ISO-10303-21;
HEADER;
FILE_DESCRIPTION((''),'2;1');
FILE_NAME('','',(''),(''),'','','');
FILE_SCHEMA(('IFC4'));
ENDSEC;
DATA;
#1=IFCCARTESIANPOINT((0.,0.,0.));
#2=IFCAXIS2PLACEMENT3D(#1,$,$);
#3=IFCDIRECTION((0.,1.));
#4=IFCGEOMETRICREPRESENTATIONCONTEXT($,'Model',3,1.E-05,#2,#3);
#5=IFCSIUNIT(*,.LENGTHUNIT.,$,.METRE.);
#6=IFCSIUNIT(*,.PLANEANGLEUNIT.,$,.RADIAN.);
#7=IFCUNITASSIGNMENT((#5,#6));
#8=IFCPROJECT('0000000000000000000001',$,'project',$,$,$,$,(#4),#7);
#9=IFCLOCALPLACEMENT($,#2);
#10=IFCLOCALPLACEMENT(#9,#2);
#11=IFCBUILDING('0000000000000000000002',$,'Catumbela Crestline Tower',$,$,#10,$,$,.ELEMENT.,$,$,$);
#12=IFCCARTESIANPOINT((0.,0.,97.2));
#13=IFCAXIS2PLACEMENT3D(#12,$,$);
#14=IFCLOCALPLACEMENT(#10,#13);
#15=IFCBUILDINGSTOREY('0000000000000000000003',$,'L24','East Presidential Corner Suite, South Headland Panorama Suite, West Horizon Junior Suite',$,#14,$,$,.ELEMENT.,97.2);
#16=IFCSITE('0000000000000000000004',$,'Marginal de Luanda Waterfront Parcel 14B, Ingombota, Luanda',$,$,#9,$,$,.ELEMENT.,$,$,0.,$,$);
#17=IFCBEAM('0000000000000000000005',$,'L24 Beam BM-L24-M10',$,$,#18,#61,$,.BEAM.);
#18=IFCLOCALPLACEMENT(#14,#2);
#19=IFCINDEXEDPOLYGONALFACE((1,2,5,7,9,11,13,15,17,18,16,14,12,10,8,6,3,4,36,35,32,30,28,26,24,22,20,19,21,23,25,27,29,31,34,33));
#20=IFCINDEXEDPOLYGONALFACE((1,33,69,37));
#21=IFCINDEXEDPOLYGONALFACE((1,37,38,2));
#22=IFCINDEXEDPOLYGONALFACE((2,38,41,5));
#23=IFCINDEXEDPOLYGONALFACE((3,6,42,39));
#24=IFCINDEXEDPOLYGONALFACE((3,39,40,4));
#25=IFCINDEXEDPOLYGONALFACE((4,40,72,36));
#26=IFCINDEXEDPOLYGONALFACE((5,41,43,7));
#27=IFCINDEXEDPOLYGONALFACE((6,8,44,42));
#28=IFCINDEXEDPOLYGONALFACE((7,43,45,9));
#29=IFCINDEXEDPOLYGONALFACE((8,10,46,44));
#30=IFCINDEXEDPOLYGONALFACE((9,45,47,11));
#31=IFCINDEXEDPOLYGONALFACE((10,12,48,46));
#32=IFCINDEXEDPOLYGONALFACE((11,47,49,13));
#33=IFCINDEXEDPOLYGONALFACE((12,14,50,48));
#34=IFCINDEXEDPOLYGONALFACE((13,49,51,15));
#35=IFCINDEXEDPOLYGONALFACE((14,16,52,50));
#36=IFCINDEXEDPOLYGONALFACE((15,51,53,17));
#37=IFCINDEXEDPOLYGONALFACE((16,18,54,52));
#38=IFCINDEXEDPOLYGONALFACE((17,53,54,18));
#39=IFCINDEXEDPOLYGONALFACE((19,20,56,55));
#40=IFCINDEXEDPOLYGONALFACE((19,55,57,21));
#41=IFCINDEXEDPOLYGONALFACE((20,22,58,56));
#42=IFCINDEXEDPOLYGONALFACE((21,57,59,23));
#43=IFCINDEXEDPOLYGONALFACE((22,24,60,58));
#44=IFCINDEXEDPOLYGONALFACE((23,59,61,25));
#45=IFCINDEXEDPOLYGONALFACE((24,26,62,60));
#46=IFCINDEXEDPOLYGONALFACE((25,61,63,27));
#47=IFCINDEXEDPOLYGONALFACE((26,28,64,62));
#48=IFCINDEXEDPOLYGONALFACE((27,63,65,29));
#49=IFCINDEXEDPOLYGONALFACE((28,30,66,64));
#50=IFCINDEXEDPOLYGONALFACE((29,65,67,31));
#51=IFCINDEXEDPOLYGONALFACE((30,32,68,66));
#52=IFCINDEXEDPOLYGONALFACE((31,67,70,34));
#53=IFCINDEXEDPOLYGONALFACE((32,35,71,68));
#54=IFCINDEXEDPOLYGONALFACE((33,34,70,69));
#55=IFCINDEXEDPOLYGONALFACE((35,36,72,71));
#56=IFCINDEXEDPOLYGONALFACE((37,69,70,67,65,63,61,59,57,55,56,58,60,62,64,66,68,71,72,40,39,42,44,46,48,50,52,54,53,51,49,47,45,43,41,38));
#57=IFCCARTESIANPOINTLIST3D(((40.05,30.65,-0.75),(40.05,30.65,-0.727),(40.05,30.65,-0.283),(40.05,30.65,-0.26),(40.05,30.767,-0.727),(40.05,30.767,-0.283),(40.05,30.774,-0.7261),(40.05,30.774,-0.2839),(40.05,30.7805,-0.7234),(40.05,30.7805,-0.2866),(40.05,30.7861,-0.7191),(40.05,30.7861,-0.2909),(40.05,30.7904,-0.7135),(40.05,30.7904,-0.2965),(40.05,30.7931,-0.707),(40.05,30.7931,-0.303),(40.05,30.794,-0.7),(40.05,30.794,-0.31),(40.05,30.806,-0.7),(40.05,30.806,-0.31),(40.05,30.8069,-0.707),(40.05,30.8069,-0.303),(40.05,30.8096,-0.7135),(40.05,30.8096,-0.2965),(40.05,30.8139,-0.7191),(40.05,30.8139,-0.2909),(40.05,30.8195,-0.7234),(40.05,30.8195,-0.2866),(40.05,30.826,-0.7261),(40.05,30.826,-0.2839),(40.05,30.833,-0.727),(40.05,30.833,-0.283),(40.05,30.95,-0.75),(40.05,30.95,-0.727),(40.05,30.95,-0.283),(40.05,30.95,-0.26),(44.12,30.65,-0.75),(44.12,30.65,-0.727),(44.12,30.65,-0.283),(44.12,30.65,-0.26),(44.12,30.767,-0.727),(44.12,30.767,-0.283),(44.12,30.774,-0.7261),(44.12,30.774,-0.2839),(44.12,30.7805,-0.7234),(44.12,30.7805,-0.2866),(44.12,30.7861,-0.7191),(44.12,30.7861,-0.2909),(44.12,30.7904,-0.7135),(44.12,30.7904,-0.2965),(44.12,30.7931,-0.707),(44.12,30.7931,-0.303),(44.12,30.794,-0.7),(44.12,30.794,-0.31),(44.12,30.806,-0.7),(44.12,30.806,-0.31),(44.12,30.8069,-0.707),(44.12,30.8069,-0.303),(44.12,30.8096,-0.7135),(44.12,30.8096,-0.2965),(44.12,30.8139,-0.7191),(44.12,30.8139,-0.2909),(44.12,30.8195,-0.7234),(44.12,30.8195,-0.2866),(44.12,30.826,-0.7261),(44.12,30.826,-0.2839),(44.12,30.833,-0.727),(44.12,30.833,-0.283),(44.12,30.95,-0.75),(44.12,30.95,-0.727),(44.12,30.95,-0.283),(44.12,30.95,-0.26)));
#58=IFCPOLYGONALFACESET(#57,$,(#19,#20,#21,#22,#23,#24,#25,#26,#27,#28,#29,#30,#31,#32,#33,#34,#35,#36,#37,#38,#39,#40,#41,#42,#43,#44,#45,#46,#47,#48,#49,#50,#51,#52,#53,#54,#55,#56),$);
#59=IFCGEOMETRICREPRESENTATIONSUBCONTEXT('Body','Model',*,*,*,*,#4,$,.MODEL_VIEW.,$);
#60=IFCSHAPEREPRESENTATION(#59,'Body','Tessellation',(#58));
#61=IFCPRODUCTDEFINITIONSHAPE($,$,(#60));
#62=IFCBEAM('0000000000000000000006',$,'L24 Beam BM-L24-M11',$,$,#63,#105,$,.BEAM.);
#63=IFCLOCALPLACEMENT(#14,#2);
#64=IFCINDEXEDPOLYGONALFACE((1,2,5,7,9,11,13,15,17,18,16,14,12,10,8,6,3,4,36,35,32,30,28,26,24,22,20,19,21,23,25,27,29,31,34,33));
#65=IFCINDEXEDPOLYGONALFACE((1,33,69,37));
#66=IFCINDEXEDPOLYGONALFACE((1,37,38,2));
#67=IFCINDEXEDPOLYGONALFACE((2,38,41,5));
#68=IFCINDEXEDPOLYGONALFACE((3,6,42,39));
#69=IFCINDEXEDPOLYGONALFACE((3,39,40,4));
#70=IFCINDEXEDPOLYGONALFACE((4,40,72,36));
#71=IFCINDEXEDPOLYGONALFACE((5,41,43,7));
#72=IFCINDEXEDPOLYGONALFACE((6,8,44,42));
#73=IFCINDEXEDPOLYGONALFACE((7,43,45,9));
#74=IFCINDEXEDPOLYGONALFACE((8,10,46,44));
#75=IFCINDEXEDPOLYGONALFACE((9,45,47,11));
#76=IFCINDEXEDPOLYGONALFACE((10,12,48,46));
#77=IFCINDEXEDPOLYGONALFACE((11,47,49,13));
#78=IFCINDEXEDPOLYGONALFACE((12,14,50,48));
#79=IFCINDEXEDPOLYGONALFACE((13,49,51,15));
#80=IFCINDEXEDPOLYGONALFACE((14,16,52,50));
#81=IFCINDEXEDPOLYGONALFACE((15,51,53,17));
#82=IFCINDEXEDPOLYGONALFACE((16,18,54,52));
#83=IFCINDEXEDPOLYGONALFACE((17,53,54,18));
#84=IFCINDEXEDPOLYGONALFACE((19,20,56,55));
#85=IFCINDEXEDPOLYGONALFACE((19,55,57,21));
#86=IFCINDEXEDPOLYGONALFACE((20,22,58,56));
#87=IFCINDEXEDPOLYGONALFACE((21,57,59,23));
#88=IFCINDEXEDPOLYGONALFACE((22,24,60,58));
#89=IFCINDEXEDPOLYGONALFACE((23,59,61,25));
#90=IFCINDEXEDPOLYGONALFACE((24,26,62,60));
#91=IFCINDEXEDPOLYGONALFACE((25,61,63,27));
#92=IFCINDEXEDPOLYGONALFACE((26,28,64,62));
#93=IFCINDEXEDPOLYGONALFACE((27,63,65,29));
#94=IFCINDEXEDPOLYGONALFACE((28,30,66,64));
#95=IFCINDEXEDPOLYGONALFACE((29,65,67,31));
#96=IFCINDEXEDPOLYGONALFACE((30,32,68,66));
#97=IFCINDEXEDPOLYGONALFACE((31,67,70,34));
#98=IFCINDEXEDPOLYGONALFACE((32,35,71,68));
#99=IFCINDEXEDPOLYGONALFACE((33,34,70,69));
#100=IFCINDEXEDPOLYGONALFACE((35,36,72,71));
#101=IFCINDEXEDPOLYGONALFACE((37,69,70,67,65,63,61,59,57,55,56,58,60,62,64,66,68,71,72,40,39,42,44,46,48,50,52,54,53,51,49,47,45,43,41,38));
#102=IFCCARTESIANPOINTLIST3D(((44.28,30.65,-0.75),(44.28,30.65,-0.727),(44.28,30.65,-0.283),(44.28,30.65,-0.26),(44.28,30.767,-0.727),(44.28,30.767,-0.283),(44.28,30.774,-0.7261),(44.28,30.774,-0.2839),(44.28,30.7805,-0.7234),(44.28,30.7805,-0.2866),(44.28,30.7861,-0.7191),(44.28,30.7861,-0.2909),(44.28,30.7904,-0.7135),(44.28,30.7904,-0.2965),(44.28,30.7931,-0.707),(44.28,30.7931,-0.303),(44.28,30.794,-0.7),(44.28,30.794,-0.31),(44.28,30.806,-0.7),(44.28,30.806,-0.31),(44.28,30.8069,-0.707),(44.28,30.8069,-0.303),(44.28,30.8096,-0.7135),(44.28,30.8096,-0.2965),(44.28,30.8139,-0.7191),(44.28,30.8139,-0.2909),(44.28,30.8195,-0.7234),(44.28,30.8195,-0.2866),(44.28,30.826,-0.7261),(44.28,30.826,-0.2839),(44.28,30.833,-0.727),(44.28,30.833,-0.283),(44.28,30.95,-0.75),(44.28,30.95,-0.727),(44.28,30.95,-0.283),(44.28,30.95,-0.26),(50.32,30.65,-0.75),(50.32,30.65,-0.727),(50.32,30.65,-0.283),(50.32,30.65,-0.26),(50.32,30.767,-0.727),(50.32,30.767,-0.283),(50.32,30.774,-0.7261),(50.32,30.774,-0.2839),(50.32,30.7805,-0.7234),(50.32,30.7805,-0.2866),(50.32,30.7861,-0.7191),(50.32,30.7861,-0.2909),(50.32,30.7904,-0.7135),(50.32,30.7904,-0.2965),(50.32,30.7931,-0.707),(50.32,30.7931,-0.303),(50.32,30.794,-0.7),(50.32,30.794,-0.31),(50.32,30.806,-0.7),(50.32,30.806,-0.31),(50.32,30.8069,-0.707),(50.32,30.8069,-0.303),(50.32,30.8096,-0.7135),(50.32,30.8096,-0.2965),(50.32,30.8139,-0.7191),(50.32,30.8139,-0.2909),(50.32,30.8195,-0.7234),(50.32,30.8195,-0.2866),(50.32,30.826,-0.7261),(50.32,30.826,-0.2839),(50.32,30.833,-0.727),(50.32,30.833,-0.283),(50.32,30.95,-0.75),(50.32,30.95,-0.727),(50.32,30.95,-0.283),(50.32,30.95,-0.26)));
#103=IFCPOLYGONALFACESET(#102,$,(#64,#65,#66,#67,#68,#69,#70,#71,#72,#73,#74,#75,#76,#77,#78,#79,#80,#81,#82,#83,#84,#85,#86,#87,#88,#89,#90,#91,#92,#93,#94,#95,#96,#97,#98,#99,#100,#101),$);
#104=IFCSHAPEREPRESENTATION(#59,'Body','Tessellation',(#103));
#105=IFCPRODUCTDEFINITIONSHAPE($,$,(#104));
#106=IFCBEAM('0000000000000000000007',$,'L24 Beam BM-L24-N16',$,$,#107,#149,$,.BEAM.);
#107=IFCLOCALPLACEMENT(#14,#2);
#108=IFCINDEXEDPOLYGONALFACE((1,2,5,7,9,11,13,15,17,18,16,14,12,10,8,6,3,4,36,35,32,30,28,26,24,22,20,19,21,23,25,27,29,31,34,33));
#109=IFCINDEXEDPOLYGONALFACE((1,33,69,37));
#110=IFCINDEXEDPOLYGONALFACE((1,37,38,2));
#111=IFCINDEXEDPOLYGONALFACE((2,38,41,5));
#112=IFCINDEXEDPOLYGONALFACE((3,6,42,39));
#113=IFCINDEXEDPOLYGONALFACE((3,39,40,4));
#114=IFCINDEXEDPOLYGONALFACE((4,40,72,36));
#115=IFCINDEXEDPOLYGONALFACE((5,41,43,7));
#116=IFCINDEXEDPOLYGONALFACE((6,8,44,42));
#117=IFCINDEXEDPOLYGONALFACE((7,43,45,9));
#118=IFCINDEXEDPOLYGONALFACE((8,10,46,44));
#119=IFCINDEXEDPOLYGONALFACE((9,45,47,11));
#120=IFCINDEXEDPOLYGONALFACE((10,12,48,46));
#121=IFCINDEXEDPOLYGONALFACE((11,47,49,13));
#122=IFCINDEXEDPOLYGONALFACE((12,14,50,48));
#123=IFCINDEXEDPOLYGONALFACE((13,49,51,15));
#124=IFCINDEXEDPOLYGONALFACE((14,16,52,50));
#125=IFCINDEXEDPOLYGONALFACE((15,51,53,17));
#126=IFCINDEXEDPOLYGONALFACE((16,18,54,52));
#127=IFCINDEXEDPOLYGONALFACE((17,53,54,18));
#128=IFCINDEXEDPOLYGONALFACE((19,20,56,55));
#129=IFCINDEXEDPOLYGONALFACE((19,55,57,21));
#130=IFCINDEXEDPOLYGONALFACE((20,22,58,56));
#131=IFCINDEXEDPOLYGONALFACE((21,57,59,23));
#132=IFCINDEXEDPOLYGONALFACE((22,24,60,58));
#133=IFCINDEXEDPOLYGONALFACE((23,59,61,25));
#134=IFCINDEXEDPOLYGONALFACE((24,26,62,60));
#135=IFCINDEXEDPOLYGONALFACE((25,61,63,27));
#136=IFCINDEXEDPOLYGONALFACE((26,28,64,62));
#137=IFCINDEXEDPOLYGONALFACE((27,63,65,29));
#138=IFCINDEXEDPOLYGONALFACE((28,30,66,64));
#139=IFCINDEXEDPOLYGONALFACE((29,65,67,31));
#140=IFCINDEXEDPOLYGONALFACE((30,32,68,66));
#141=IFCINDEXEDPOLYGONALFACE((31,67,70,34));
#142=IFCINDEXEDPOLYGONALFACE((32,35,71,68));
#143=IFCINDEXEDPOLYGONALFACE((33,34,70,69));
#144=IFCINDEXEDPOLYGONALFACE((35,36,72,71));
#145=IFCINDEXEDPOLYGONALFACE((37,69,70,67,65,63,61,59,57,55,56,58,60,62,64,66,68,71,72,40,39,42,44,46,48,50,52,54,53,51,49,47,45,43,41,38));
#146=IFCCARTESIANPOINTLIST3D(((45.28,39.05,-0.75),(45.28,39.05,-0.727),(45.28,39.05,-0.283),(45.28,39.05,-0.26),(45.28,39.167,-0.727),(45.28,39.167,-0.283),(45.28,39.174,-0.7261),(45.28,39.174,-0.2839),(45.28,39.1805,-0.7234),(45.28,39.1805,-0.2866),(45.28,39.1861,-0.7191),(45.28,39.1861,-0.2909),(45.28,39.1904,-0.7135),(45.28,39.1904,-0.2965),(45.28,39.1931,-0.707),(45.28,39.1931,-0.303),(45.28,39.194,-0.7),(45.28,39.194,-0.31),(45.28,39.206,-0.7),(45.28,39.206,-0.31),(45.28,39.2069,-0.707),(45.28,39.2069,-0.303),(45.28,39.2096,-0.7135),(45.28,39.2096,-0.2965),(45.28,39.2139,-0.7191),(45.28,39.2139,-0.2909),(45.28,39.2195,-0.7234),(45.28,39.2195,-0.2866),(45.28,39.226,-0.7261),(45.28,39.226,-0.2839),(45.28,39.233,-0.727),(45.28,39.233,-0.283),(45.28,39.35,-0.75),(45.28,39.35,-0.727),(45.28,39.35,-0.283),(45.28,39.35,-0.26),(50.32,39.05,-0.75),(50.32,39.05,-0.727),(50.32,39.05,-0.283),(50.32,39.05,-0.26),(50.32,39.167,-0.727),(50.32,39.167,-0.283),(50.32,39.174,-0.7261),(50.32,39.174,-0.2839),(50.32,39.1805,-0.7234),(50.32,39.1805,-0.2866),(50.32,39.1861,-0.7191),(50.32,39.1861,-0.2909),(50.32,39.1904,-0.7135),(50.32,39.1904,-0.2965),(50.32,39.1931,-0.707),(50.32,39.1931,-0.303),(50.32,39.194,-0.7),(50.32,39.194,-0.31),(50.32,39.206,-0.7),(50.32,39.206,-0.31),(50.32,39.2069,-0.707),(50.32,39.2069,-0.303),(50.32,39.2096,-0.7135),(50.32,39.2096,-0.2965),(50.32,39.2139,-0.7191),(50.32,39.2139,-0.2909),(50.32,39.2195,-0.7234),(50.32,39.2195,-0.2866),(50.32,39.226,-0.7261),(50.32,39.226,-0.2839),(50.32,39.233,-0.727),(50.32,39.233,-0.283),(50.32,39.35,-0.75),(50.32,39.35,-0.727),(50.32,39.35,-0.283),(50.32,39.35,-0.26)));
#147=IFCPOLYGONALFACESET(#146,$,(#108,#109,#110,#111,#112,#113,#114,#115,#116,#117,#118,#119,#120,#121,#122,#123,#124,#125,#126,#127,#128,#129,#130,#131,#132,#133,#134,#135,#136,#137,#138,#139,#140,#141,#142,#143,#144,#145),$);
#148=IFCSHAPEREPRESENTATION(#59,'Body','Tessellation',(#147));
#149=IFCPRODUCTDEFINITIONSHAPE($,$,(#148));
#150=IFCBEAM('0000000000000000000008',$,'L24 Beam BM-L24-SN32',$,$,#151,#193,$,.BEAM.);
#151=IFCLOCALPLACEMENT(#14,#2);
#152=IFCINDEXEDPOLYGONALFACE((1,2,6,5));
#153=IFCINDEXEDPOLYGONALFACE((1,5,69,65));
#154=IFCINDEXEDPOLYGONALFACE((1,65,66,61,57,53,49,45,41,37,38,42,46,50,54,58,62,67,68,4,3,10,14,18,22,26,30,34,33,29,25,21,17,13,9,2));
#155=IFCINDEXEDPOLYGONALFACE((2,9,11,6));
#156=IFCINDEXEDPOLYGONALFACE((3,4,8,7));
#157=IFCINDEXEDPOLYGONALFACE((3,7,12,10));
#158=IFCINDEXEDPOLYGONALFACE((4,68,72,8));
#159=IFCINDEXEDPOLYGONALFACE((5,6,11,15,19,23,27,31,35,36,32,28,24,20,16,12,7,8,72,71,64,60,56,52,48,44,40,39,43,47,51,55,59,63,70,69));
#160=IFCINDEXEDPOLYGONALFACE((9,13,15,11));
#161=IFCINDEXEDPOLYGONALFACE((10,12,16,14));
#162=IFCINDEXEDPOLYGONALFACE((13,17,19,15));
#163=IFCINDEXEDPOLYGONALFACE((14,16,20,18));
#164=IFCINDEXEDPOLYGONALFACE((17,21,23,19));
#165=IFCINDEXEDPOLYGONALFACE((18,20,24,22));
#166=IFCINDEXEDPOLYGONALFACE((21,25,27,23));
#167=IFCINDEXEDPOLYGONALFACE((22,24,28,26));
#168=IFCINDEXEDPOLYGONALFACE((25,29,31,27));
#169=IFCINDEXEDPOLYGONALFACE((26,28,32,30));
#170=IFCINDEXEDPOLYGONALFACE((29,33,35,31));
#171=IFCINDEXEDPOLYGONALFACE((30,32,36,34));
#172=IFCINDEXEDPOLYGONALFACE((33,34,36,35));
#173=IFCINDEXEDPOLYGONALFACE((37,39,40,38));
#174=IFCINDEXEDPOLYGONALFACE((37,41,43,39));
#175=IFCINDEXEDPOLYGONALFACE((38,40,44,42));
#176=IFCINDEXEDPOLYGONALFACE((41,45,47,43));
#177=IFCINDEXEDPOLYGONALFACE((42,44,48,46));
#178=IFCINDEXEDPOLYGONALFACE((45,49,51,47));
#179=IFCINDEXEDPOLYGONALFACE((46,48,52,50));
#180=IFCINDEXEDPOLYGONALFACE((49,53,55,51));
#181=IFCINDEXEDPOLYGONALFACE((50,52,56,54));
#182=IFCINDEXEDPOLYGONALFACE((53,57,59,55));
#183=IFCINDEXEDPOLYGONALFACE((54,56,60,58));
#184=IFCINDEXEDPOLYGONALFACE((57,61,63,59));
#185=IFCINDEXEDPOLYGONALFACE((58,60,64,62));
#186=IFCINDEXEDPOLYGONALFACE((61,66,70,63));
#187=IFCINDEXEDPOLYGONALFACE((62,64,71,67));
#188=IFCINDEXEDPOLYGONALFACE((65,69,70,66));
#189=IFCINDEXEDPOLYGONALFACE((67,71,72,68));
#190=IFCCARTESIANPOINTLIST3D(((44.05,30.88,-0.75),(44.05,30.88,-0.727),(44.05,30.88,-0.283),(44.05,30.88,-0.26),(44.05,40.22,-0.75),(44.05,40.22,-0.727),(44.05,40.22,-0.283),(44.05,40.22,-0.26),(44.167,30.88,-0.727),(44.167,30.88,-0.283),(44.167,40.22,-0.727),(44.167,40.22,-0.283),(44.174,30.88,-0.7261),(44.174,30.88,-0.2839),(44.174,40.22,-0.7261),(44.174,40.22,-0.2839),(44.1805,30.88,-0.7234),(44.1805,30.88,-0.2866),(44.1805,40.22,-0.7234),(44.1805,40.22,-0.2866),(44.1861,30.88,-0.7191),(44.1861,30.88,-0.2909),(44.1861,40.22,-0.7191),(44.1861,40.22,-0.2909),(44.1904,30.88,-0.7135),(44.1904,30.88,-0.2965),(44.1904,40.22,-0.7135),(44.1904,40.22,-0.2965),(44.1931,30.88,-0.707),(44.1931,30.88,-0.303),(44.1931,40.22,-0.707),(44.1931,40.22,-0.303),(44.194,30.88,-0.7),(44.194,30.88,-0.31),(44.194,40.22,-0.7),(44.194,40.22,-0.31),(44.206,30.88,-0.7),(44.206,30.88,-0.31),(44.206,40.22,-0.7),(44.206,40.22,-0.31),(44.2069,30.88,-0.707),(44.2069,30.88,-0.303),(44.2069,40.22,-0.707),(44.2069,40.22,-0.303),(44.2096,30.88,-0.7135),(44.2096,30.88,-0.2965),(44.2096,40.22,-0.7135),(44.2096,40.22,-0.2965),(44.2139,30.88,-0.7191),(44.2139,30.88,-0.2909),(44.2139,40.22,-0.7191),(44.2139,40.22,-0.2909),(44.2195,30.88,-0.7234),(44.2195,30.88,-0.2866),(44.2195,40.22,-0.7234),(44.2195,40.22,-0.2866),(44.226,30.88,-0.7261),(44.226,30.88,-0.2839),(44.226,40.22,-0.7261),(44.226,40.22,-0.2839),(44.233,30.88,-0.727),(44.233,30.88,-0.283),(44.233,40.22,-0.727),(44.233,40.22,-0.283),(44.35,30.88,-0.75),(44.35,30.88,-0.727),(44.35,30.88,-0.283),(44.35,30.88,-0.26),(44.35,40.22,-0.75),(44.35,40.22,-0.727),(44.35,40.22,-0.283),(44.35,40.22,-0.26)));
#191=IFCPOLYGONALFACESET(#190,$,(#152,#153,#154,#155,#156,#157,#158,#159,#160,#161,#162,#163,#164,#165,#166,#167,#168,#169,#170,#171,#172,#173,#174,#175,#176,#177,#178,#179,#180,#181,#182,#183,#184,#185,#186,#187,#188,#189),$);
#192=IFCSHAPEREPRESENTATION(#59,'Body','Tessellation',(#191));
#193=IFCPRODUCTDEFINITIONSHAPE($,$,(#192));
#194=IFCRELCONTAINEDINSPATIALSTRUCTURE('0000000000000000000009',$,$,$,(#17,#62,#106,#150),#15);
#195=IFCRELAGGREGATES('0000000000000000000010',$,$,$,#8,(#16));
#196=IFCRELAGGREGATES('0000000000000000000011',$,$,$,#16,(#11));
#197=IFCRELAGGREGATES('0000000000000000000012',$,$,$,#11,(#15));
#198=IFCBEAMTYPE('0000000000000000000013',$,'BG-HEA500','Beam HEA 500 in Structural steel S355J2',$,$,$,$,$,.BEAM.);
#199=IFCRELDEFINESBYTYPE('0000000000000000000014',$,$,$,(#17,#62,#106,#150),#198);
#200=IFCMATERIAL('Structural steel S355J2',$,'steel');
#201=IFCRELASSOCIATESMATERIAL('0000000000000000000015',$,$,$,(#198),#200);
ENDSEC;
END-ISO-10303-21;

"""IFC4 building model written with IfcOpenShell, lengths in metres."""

from ifc_helpers import new_model, si_unit, direction, frame, origin, origin_2d, place, context, subcontext, project, spatial, i_section, extrude, material, material_profile, profile_set, type_object, element, save


model = new_model("IFC4")

# Units and contexts
model_context = context("Model", 3, precision=1e-05, world=origin(), true_north=direction((0.0, 1.0)))
body_context = subcontext(model_context, "Body", "Model", "MODEL_VIEW")
ifc_project = project(units=[si_unit("LENGTHUNIT", "METRE"), si_unit("PLANEANGLEUNIT", "RADIAN")], contexts=[model_context])

# Site, building, storey
site_placement = place(None, origin())
site = spatial("IfcSite", under=ifc_project, at=site_placement, Name="Marginal de Luanda Waterfront Parcel 14B, Ingombota, Luanda", CompositionType="ELEMENT", RefElevation=0.0)
building_placement = place(site_placement, origin())
building = spatial("IfcBuilding", under=site, at=building_placement, Name="Catumbela Crestline Tower", CompositionType="ELEMENT")
storey_placement = place(building_placement, frame((0.0, 0.0, 97.2)))
storey = spatial("IfcBuildingStorey", under=building, at=storey_placement, Name="L24", Description="East Presidential Corner Suite, South Headland Panorama Suite, West Horizon Junior Suite", CompositionType="ELEMENT", Elevation=97.2)

# Beams
ifc_material_1 = material(Name="Structural steel S355J2", Category="steel")
ifc_material_profile_1 = material_profile(ifc_material_1, i_section(OverallWidth=0.3, OverallDepth=0.49, WebThickness=0.012, FlangeThickness=0.023, FilletRadius=0.027, at=origin_2d()), Name="HEA 500")
ifc_profile_set_1 = profile_set([ifc_material_profile_1], Name="Structural steel S355J2")
beam_type_1 = type_object("IfcBeamType", Name="BG-HEA500", Description="Beam HEA 500 in Structural steel S355J2", PredefinedType="BEAM", material=ifc_profile_set_1)
beam_1_placement = place(storey_placement, frame((40.05, 30.8, -0.505), z_axis=(1.0, 0.0, 0.0), x_axis=(0.0, 1.0, 0.0)))
element("IfcBeam", 1, at=beam_1_placement, inside=storey, type_object=beam_type_1, Name="L24 Beam BM-L24-M10", PredefinedType="BEAM", context=body_context, shape_type="SweptSolid", body=[
    extrude(i_section(OverallWidth=0.3, OverallDepth=0.49, WebThickness=0.012, FlangeThickness=0.023, FilletRadius=0.027, at=origin_2d()), origin(), (0.0, 0.0, 1.0), 4.07),
])
beam_2_placement = place(storey_placement, frame((44.28, 30.8, -0.505), z_axis=(1.0, 0.0, 0.0), x_axis=(0.0, 1.0, 0.0)))
element("IfcBeam", 2, at=beam_2_placement, inside=storey, type_object=beam_type_1, Name="L24 Beam BM-L24-M11", PredefinedType="BEAM", context=body_context, shape_type="SweptSolid", body=[
    extrude(i_section(OverallWidth=0.3, OverallDepth=0.49, WebThickness=0.012, FlangeThickness=0.023, FilletRadius=0.027, at=origin_2d()), origin(), (0.0, 0.0, 1.0), 6.04),
])
beam_3_placement = place(storey_placement, frame((45.28, 39.2, -0.505), z_axis=(1.0, 0.0, 0.0), x_axis=(0.0, 1.0, 0.0)))
element("IfcBeam", 3, at=beam_3_placement, inside=storey, type_object=beam_type_1, Name="L24 Beam BM-L24-N16", PredefinedType="BEAM", context=body_context, shape_type="SweptSolid", body=[
    extrude(i_section(OverallWidth=0.3, OverallDepth=0.49, WebThickness=0.012, FlangeThickness=0.023, FilletRadius=0.027, at=origin_2d()), origin(), (0.0, 0.0, 1.0), 5.04),
])
beam_4_placement = place(storey_placement, frame((44.2, 30.88, -0.505), z_axis=(0.0, 1.0, 0.0), x_axis=(-1.0, 0.0, 0.0)))
element("IfcBeam", 4, at=beam_4_placement, inside=storey, type_object=beam_type_1, Name="L24 Beam BM-L24-SN32", PredefinedType="BEAM", context=body_context, shape_type="SweptSolid", body=[
    extrude(i_section(OverallWidth=0.3, OverallDepth=0.49, WebThickness=0.012, FlangeThickness=0.023, FilletRadius=0.027, at=origin_2d()), origin(), (0.0, 0.0, 1.0), 9.34),
])

save(model, "model.ifc")
